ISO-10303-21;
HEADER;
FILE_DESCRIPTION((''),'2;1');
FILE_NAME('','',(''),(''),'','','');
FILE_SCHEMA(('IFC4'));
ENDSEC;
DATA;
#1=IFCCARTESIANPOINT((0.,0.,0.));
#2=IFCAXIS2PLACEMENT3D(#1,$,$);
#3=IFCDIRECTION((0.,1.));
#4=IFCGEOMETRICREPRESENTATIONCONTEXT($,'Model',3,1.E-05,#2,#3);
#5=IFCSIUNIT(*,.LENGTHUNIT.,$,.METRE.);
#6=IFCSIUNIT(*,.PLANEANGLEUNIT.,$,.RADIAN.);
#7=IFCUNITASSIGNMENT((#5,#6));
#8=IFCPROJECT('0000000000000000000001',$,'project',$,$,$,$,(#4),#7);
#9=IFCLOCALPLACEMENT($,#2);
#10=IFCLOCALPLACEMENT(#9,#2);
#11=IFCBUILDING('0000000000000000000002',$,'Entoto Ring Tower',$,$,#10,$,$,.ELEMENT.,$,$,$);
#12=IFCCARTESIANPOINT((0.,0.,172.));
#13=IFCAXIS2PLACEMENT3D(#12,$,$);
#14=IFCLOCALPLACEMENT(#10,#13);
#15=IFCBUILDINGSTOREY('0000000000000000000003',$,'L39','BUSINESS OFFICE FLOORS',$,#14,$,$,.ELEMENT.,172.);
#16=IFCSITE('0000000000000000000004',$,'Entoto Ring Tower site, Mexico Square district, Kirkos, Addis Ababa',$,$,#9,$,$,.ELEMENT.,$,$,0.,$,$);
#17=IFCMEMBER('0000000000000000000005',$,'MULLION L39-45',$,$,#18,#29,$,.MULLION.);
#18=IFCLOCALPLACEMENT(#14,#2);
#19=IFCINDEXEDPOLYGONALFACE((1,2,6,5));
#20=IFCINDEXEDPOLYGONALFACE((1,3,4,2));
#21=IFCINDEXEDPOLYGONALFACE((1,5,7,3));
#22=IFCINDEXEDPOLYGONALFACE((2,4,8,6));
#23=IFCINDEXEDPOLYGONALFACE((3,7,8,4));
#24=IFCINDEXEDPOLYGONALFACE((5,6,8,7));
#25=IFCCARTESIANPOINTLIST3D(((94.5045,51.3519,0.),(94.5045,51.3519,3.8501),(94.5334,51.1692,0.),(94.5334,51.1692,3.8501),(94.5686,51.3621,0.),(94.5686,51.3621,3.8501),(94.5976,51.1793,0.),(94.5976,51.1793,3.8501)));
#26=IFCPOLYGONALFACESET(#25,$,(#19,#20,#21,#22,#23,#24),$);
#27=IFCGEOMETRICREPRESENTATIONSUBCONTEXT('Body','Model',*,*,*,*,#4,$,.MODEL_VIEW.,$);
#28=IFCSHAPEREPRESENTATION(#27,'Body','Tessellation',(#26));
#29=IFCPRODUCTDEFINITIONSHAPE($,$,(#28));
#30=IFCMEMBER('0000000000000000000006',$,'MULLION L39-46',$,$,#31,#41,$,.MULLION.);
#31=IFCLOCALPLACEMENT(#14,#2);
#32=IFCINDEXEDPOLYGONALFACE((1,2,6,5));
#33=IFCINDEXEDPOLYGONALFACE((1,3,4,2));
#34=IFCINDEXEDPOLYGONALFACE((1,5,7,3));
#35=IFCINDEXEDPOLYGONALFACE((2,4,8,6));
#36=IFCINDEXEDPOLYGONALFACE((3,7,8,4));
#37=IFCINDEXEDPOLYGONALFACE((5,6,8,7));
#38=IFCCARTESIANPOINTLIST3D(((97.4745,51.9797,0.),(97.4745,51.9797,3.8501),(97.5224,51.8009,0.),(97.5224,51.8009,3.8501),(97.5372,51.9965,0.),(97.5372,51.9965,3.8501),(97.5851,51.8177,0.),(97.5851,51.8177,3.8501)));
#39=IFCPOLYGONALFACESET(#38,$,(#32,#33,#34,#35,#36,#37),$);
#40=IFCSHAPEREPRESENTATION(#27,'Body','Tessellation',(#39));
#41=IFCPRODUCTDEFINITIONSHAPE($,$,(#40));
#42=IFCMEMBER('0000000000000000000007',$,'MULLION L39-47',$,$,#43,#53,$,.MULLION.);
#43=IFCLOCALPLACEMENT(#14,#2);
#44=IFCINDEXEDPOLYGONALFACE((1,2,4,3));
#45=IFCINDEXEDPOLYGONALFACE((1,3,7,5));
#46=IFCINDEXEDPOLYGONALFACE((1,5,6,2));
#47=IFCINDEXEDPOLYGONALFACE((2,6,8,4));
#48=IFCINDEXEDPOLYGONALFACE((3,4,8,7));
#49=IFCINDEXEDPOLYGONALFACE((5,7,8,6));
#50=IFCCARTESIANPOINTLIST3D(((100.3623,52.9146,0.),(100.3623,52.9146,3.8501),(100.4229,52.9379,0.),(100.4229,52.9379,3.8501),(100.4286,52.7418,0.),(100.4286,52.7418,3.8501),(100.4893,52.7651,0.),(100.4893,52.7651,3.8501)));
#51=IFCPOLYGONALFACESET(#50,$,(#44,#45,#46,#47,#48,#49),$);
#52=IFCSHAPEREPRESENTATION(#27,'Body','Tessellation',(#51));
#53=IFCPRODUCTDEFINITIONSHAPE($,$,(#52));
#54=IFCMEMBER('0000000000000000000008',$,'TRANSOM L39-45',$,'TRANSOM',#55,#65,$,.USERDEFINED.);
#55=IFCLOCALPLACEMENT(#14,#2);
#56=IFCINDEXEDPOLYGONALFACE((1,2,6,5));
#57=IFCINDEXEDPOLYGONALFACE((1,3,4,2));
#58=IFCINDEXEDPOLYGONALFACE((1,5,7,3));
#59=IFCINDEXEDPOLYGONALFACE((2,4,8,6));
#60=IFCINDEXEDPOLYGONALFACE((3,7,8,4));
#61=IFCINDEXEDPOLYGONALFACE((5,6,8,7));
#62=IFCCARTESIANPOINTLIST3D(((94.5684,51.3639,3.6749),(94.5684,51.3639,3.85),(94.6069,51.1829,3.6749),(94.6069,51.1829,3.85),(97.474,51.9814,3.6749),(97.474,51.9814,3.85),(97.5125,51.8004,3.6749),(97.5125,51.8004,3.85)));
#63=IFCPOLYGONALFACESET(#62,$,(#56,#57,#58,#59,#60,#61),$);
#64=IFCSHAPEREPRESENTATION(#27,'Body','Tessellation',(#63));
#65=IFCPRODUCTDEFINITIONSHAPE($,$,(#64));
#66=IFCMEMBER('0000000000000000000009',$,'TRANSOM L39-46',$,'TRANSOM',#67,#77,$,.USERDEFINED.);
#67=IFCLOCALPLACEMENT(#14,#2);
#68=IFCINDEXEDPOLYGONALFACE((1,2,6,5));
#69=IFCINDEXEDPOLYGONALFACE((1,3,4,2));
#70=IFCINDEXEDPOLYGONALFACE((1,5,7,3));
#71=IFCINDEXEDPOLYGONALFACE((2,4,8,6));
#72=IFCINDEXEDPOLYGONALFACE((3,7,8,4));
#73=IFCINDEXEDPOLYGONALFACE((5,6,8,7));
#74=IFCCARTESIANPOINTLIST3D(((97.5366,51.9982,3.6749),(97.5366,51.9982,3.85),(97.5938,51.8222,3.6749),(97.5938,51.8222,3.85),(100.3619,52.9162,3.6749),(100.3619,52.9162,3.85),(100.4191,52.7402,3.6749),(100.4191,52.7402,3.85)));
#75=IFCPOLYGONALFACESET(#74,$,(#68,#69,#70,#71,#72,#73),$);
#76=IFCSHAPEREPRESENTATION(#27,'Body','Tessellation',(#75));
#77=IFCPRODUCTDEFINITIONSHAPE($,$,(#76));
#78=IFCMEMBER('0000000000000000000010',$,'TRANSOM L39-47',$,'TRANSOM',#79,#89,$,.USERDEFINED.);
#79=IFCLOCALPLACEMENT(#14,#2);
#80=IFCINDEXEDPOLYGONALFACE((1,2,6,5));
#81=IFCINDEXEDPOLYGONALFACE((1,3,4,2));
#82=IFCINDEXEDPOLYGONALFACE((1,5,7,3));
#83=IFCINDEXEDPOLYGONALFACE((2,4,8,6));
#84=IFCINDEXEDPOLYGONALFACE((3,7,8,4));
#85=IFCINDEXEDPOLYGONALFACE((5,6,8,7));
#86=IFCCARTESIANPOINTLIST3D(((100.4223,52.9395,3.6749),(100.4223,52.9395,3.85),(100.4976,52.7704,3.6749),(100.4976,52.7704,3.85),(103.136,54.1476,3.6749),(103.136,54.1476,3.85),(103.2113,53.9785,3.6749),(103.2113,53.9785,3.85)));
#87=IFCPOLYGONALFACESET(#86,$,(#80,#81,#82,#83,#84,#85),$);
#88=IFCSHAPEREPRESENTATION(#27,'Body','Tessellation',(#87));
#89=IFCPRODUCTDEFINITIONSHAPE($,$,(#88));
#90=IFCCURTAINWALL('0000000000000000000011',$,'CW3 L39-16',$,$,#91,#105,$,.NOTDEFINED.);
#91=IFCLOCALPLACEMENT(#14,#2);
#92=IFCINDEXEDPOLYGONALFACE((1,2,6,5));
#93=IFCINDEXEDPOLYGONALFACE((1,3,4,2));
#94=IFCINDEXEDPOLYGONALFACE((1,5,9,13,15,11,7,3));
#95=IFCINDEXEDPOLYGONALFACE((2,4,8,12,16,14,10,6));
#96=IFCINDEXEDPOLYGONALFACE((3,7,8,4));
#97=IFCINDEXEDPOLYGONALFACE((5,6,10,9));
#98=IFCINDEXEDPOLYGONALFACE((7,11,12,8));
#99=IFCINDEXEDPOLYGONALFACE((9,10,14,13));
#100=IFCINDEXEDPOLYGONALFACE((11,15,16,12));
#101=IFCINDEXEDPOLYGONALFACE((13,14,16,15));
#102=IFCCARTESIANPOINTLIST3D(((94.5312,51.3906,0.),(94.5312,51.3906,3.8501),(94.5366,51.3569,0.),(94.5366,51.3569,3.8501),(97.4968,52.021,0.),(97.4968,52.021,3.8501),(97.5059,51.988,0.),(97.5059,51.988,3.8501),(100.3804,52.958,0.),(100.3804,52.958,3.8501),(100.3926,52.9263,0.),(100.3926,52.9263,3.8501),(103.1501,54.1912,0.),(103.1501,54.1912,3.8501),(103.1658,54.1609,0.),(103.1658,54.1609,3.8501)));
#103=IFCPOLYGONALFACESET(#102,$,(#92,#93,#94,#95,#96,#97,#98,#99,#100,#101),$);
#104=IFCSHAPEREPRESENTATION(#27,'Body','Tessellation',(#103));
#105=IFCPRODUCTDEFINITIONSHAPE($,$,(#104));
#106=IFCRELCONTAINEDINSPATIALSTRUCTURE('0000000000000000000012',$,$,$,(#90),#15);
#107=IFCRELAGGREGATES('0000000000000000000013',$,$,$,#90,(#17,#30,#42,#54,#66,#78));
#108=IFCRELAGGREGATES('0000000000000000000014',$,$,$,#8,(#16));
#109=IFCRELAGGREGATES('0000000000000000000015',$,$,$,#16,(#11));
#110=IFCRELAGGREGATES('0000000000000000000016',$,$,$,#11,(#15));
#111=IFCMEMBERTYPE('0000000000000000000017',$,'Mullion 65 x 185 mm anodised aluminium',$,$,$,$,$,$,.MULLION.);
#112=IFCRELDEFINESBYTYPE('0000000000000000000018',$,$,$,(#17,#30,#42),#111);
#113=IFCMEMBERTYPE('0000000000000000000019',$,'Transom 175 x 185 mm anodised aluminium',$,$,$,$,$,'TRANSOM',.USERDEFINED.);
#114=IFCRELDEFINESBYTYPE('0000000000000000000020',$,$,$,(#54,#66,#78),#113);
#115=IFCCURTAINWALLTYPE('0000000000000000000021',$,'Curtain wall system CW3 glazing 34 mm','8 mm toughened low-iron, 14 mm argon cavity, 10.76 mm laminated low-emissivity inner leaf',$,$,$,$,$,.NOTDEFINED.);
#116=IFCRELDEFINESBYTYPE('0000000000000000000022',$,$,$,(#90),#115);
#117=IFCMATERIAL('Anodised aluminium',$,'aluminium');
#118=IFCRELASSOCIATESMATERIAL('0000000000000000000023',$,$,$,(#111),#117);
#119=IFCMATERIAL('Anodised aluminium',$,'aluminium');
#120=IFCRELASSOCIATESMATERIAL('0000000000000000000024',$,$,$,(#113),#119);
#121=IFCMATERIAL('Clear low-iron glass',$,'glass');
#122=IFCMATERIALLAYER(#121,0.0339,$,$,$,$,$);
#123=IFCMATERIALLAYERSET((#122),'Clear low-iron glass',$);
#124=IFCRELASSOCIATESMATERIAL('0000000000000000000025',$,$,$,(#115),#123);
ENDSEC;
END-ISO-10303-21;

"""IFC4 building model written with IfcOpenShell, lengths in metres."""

from ifc_helpers import new_model, si_unit, direction, frame, origin, origin_2d, place, context, subcontext, project, spatial, polyline, rectangle, outline, extrude, material, layer, layer_set, material_profile, profile_set, type_object, element, aggregate, save


model = new_model("IFC4")

# Units and contexts
model_context = context("Model", 3, precision=1e-05, world=origin(), true_north=direction((0.0, 1.0)))
body_context = subcontext(model_context, "Body", "Model", "MODEL_VIEW")
ifc_project = project(units=[si_unit("LENGTHUNIT", "METRE"), si_unit("PLANEANGLEUNIT", "RADIAN")], contexts=[model_context])

# Members
ifc_material_1 = material(Name="Anodised aluminium", Category="aluminium")
ifc_material_profile_1 = material_profile(ifc_material_1, rectangle(XDim=0.0649, YDim=0.1851, at=origin_2d()), Name="Mullion 65 x 185 mm anodised aluminium")
ifc_profile_set_1 = profile_set([ifc_material_profile_1], Name="Anodised aluminium")
member_type_1 = type_object("IfcMemberType", Name="Mullion 65 x 185 mm anodised aluminium", PredefinedType="MULLION", material=ifc_profile_set_1)
site_placement = place(None, origin())
building_placement = place(site_placement, origin())
storey_placement = place(building_placement, frame((0.0, 0.0, 172.0)))
member_1_placement = place(storey_placement, frame((94.551, 51.2656, 0.0), z_axis=(0.0, 0.0, 1.0), x_axis=(0.987688, 0.156434, 0.0)))
member_1 = element("IfcMember", 1, at=member_1_placement, type_object=member_type_1, Name="MULLION L39-45", PredefinedType="MULLION", context=body_context, shape_type="SweptSolid", body=[
    extrude(rectangle(XDim=0.0649, YDim=0.1851, at=origin_2d()), origin(), (0.0, 0.0, 1.0), 3.8501),
])
member_2_placement = place(storey_placement, frame((97.5298, 51.8987, 0.0), z_axis=(0.0, 0.0, 1.0), x_axis=(0.965926, 0.258819, 0.0)))
member_2 = element("IfcMember", 2, at=member_2_placement, type_object=member_type_1, Name="MULLION L39-46", PredefinedType="MULLION", context=body_context, shape_type="SweptSolid", body=[
    extrude(rectangle(XDim=0.0649, YDim=0.1851, at=origin_2d()), origin(), (0.0, 0.0, 1.0), 3.8501),
])
member_3_placement = place(storey_placement, frame((100.4258, 52.8398, 0.0), z_axis=(0.0, 0.0, 1.0), x_axis=(0.93358, 0.358368, 0.0)))
member_3 = element("IfcMember", 3, at=member_3_placement, type_object=member_type_1, Name="MULLION L39-47", PredefinedType="MULLION", context=body_context, shape_type="SweptSolid", body=[
    extrude(rectangle(XDim=0.0649, YDim=0.1851, at=origin_2d()), origin(), (0.0, 0.0, 1.0), 3.8501),
])
ifc_material_2 = material(Name="Anodised aluminium", Category="aluminium")
ifc_material_profile_2 = material_profile(ifc_material_2, rectangle(XDim=0.1851, YDim=0.175, at=origin_2d()), Name="Transom 175 x 185 mm anodised aluminium")
ifc_profile_set_2 = profile_set([ifc_material_profile_2], Name="Anodised aluminium")
member_type_2 = type_object("IfcMemberType", Name="Transom 175 x 185 mm anodised aluminium", ElementType="TRANSOM", PredefinedType="USERDEFINED", material=ifc_profile_set_2)
member_4_placement = place(storey_placement, frame((94.5876, 51.2734, 3.7625), z_axis=(0.978158, 0.207862, 0.0), x_axis=(-0.207862, 0.978158, 0.0)))
member_4 = element("IfcMember", 4, at=member_4_placement, type_object=member_type_2, Name="TRANSOM L39-45", ObjectType="TRANSOM", PredefinedType="USERDEFINED", context=body_context, shape_type="SweptSolid", body=[
    extrude(rectangle(XDim=0.1851, YDim=0.175, at=origin_2d()), origin(), (0.0, 0.0, 1.0), 2.9705),
])
member_5_placement = place(storey_placement, frame((97.5652, 51.9102, 3.7625), z_axis=(0.951056, 0.309019, 0.0), x_axis=(-0.309019, 0.951056, 0.0)))
member_5 = element("IfcMember", 5, at=member_5_placement, type_object=member_type_2, Name="TRANSOM L39-46", ObjectType="TRANSOM", PredefinedType="USERDEFINED", context=body_context, shape_type="SweptSolid", body=[
    extrude(rectangle(XDim=0.1851, YDim=0.175, at=origin_2d()), origin(), (0.0, 0.0, 1.0), 2.9707),
])
member_6_placement = place(storey_placement, frame((100.46, 52.855, 3.7625), z_axis=(0.913567, 0.406687, 0.0), x_axis=(-0.406687, 0.913567, 0.0)))
member_6 = element("IfcMember", 6, at=member_6_placement, type_object=member_type_2, Name="TRANSOM L39-47", ObjectType="TRANSOM", PredefinedType="USERDEFINED", context=body_context, shape_type="SweptSolid", body=[
    extrude(rectangle(XDim=0.1851, YDim=0.175, at=origin_2d()), origin(), (0.0, 0.0, 1.0), 2.9705),
])

# Site, building, storey
site = spatial("IfcSite", under=ifc_project, at=site_placement, Name="Entoto Ring Tower site, Mexico Square district, Kirkos, Addis Ababa", CompositionType="ELEMENT", RefElevation=0.0)
building = spatial("IfcBuilding", under=site, at=building_placement, Name="Entoto Ring Tower", CompositionType="ELEMENT")
storey = spatial("IfcBuildingStorey", under=building, at=storey_placement, Name="L39", Description="BUSINESS OFFICE FLOORS", CompositionType="ELEMENT", Elevation=172.0)

# Curtain wall
ifc_material_3 = material(Name="Clear low-iron glass", Category="glass")
ifc_layer_1 = layer(ifc_material_3, 0.0339)
ifc_layer_set_1 = layer_set([ifc_layer_1], Name="Clear low-iron glass")
curtain_wall_type = type_object("IfcCurtainWallType", Name="Curtain wall system CW3 glazing 34 mm", Description="8 mm toughened low-iron, 14 mm argon cavity, 10.76 mm laminated low-emissivity inner leaf", PredefinedType="NOTDEFINED", material=ifc_layer_set_1)
curtain_wall_1_placement = place(storey_placement, origin())
curtain_wall_1 = element("IfcCurtainWall", 7, at=curtain_wall_1_placement, inside=storey, type_object=curtain_wall_type, Name="CW3 L39-16", PredefinedType="NOTDEFINED", context=body_context, shape_type="SweptSolid", body=[
    extrude(outline(polyline([(94.5366, 51.3569), (97.5059, 51.988), (100.3926, 52.9263), (103.1658, 54.1609), (103.1501, 54.1912), (100.3804, 52.958), (97.4968, 52.021), (94.5312, 51.3906), (94.5366, 51.3569)])), origin(), (0.0, 0.0, 1.0), 3.8501),
])
aggregate(curtain_wall_1, [member_1, member_2, member_3, member_4, member_5, member_6])

save(model, "model.ifc")
